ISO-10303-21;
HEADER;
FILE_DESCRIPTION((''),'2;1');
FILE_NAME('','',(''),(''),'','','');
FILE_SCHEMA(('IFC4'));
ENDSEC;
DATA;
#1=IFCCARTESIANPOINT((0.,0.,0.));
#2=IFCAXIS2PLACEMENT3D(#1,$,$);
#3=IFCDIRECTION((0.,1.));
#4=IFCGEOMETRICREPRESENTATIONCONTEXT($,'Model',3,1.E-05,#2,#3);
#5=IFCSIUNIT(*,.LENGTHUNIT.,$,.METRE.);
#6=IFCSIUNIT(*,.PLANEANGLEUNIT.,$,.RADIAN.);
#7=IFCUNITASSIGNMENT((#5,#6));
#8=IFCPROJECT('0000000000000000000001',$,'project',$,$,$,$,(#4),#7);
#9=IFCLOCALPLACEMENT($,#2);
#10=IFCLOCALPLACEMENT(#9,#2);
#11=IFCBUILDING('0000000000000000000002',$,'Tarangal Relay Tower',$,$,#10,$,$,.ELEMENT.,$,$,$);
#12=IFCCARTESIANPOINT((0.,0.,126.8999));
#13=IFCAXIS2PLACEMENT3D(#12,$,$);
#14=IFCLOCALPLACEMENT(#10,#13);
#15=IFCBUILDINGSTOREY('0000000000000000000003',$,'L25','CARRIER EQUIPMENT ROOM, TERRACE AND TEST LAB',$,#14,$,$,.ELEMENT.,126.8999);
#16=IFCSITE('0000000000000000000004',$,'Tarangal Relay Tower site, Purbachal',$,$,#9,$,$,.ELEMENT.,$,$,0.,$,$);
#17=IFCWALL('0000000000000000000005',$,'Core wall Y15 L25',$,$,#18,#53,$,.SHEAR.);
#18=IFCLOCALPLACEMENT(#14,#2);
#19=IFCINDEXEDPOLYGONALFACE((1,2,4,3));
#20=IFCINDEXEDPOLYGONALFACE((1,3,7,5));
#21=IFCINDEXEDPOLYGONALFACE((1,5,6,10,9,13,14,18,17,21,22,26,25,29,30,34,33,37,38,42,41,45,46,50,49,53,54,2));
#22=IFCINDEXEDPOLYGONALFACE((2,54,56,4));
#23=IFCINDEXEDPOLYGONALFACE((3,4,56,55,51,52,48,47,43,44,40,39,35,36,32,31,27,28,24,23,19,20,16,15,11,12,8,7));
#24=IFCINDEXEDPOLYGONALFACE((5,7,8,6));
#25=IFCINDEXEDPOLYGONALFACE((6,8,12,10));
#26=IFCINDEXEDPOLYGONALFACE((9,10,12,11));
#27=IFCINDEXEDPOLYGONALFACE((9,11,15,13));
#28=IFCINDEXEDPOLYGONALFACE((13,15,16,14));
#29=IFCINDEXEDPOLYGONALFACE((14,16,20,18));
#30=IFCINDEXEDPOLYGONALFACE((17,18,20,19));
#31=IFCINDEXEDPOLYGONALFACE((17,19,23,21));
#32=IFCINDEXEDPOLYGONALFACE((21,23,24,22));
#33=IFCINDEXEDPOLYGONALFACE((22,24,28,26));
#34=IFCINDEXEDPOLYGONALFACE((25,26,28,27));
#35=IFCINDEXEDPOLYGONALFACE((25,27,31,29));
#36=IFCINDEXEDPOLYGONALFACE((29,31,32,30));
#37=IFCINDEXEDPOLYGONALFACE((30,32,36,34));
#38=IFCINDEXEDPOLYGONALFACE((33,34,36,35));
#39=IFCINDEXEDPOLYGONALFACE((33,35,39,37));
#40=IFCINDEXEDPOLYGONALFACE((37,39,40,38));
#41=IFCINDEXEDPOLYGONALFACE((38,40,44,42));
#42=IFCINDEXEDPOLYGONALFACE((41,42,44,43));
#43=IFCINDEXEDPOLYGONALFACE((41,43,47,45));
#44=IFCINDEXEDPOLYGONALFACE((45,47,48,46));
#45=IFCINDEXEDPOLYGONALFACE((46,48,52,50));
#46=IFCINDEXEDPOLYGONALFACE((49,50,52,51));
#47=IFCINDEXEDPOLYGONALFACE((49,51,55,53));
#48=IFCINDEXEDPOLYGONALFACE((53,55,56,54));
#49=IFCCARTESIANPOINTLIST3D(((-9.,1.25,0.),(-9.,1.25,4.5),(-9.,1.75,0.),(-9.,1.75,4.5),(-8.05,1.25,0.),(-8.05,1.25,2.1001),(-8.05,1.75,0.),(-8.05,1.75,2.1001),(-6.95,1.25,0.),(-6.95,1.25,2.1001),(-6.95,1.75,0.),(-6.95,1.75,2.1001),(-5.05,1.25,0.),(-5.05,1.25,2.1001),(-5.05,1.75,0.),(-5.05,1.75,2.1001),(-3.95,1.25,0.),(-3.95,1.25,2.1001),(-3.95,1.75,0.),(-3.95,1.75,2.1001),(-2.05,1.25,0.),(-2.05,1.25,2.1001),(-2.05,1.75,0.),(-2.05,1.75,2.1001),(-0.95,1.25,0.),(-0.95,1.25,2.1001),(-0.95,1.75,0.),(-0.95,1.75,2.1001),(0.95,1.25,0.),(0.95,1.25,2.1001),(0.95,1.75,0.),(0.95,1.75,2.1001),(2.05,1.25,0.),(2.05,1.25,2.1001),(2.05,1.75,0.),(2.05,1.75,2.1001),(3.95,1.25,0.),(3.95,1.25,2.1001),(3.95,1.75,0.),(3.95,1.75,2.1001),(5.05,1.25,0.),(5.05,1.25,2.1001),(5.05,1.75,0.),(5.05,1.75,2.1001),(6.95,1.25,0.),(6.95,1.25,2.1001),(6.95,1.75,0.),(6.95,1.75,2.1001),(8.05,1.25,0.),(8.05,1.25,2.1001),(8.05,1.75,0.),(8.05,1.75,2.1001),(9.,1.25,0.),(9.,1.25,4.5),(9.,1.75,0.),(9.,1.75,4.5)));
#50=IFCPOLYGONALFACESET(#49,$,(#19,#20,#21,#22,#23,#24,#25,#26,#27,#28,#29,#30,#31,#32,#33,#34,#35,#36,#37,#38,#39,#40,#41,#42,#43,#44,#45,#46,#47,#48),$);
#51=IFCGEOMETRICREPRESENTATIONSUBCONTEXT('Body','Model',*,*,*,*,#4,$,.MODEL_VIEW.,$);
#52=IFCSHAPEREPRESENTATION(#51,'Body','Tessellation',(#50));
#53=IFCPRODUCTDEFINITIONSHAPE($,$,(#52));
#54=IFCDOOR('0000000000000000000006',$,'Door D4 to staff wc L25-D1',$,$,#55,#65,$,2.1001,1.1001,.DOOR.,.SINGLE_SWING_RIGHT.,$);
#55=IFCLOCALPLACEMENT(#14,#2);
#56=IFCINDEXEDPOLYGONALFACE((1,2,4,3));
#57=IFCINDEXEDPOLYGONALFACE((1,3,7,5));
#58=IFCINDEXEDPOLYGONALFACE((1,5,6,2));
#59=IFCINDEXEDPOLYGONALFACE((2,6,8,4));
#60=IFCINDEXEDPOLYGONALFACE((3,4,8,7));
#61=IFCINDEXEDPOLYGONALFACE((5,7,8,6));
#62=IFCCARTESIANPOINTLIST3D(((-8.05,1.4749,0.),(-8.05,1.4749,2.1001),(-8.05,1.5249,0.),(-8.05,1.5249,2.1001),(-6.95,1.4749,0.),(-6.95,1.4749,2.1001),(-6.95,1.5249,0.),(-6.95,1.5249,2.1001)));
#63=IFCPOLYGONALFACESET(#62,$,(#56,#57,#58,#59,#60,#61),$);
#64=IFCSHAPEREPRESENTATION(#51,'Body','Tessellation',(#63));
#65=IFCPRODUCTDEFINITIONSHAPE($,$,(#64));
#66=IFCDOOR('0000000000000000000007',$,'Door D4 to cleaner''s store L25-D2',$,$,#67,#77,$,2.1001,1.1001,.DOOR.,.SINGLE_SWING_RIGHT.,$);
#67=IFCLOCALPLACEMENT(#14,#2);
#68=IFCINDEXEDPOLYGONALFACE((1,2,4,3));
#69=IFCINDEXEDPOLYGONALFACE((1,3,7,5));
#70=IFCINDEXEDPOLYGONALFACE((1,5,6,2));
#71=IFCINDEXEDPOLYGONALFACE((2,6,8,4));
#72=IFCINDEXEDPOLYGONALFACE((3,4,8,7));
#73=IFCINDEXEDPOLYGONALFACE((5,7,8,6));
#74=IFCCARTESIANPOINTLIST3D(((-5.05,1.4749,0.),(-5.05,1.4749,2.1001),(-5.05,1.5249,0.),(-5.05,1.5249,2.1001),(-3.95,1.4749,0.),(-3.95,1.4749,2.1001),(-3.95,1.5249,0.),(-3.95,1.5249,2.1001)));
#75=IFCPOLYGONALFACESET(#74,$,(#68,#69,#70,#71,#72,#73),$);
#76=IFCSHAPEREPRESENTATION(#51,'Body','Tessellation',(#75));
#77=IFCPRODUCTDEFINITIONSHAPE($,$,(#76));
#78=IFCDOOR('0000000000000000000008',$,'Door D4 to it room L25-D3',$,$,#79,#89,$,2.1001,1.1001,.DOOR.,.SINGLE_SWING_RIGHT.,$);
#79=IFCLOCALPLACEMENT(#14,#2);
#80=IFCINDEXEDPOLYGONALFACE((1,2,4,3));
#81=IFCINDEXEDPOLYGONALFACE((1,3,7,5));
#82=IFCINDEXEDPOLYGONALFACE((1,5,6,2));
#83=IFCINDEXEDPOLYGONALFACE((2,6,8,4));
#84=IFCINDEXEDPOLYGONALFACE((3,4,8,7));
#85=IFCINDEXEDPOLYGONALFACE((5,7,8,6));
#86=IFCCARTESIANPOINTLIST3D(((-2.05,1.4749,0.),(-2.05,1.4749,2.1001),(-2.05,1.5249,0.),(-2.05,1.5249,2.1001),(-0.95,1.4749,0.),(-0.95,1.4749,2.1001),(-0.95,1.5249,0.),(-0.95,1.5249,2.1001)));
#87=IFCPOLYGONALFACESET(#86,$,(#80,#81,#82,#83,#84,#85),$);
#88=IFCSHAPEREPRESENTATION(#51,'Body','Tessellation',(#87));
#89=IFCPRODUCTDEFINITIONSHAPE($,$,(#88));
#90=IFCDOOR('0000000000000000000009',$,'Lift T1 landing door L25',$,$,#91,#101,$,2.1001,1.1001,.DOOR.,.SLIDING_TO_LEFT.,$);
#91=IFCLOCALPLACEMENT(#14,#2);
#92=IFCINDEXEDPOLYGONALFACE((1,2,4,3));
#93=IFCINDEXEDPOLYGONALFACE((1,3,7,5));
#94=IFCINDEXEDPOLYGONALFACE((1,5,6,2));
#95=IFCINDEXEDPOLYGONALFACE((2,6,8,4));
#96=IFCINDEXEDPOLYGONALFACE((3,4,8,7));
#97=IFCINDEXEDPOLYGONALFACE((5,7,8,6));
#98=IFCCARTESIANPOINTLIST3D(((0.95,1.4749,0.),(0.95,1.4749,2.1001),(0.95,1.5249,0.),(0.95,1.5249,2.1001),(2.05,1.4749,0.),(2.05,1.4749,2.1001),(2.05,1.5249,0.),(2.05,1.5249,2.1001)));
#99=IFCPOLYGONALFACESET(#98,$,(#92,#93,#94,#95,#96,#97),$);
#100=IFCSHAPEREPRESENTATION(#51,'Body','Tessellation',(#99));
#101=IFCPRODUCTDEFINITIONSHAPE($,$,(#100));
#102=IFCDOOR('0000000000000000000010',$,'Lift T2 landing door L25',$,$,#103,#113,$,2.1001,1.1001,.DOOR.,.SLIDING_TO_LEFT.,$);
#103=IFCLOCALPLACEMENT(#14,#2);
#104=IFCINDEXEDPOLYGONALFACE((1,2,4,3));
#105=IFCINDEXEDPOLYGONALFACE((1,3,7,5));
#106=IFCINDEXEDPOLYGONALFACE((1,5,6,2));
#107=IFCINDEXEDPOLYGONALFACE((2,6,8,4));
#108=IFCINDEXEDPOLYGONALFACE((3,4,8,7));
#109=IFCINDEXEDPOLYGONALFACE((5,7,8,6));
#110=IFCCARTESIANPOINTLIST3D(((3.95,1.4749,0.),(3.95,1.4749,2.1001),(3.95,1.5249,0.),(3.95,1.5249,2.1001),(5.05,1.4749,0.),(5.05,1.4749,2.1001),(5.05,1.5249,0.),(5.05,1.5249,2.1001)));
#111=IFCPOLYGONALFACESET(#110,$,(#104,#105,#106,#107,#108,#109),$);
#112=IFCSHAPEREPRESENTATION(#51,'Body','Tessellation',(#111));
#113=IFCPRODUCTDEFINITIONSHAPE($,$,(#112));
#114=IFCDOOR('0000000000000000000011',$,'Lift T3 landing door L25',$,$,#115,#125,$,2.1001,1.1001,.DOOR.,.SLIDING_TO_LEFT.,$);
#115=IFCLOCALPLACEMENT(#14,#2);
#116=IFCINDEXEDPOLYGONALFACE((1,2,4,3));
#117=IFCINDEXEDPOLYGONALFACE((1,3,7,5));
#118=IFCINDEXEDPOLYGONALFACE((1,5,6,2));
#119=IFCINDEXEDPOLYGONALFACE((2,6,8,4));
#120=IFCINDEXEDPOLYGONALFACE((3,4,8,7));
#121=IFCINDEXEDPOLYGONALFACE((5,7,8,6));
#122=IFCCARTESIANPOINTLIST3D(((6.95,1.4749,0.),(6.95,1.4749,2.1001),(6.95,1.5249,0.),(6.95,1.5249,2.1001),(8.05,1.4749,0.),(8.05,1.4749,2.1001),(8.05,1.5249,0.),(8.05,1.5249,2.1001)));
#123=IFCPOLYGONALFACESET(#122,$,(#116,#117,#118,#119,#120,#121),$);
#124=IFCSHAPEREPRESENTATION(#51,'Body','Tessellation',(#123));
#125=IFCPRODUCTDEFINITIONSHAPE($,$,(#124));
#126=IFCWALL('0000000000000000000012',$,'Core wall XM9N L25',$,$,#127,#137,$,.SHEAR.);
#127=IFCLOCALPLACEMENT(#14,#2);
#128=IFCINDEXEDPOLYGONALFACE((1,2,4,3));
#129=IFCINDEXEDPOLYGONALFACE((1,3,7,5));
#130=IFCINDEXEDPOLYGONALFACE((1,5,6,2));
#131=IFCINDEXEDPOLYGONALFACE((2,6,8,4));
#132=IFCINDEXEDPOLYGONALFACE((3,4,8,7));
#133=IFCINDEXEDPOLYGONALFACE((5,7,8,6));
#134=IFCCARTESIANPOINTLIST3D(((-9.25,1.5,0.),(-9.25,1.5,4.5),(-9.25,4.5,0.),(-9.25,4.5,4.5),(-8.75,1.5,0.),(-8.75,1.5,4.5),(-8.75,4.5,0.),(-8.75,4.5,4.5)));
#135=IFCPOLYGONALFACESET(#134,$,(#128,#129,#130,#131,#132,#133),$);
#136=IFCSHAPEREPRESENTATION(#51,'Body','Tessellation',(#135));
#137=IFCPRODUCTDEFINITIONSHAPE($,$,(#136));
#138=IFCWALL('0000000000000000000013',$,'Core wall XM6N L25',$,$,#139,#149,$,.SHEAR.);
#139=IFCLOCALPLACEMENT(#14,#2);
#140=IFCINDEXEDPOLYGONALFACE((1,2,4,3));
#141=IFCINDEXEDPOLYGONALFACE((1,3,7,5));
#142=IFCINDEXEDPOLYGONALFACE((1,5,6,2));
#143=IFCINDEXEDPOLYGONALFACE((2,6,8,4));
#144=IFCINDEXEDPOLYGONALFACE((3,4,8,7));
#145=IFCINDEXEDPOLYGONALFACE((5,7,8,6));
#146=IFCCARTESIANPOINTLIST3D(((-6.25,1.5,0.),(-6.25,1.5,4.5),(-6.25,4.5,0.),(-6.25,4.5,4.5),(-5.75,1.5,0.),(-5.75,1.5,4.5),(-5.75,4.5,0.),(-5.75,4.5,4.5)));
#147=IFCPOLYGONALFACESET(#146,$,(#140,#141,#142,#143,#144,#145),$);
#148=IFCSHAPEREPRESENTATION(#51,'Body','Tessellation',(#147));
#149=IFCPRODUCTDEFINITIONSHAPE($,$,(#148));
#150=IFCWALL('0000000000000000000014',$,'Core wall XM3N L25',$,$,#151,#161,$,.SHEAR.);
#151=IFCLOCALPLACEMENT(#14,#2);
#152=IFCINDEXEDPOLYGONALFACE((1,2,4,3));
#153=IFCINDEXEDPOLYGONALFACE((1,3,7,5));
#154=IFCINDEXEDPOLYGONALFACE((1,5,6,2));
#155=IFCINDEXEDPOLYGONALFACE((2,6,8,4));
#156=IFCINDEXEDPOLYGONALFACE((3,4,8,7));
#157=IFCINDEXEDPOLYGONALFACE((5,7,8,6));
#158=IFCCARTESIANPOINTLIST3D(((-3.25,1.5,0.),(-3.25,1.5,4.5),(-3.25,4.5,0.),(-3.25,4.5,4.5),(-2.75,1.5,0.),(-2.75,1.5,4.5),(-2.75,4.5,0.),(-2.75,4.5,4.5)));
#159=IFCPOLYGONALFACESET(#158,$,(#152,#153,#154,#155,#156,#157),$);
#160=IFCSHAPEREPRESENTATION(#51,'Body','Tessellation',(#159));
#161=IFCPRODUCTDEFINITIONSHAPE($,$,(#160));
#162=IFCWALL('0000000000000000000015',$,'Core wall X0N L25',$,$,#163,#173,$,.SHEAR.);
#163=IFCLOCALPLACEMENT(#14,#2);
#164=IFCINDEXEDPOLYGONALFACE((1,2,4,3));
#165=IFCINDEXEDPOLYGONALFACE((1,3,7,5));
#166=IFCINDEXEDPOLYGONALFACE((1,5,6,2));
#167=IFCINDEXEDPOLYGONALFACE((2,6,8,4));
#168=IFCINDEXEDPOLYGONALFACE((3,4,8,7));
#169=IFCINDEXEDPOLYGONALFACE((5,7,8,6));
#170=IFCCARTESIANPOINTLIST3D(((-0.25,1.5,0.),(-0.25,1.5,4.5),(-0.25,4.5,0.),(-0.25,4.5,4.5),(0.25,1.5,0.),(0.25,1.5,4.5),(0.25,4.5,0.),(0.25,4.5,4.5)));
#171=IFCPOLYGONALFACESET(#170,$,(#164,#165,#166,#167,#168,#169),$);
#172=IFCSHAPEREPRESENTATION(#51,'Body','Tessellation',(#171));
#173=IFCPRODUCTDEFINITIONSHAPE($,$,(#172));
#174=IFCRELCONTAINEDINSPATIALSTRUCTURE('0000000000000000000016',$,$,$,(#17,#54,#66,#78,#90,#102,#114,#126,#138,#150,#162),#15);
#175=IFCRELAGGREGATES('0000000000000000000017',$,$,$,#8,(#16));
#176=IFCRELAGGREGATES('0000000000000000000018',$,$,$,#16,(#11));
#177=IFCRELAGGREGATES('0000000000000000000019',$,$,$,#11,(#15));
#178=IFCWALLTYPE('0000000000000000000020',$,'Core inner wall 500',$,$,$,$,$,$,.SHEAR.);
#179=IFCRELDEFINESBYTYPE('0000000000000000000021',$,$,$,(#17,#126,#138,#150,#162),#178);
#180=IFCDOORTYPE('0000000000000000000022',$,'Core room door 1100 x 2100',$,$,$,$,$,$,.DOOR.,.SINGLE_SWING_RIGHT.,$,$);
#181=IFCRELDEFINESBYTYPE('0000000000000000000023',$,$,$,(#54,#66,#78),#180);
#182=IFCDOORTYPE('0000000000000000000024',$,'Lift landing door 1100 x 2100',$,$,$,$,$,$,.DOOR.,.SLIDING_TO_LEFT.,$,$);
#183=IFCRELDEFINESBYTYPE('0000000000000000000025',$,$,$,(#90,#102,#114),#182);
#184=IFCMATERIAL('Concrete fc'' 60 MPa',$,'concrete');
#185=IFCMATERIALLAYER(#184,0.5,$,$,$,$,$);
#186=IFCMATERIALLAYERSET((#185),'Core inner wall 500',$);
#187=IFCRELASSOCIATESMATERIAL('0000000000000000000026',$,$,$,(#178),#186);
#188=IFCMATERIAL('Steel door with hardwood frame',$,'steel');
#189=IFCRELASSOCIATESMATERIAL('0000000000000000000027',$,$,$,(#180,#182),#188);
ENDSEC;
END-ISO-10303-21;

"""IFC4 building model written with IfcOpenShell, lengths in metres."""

from ifc_helpers import new_model, si_unit, direction, frame, frame_2d, origin, place, context, subcontext, project, spatial, rectangle, extrude, material, layer, layer_set, type_object, element, fill, save


model = new_model("IFC4")

# Units and contexts
model_context = context("Model", 3, precision=1e-05, world=origin(), true_north=direction((0.0, 1.0)))
body_context = subcontext(model_context, "Body", "Model", "MODEL_VIEW")
ifc_project = project(units=[si_unit("LENGTHUNIT", "METRE"), si_unit("PLANEANGLEUNIT", "RADIAN")], contexts=[model_context])

# Site, building, storey
site_placement = place(None, origin())
site = spatial("IfcSite", under=ifc_project, at=site_placement, Name="Tarangal Relay Tower site, Purbachal", CompositionType="ELEMENT", RefElevation=0.0)
building_placement = place(site_placement, origin())
building = spatial("IfcBuilding", under=site, at=building_placement, Name="Tarangal Relay Tower", CompositionType="ELEMENT")
storey_placement = place(building_placement, frame((0.0, 0.0, 126.8999)))
storey = spatial("IfcBuildingStorey", under=building, at=storey_placement, Name="L25", Description="CARRIER EQUIPMENT ROOM, TERRACE AND TEST LAB", CompositionType="ELEMENT", Elevation=126.8999)

# Wall, openings, doors
ifc_material_1 = material(Name="Concrete fc' 60 MPa", Category="concrete")
ifc_layer_1 = layer(ifc_material_1, 0.5)
ifc_layer_set_1 = layer_set([ifc_layer_1], Name="Core inner wall 500")
wall_type = type_object("IfcWallType", Name="Core inner wall 500", PredefinedType="SHEAR", material=ifc_layer_set_1)
wall_1_placement = place(storey_placement, frame((-9.0, 1.5, 0.0), z_axis=(0.0, 0.0, 1.0), x_axis=(1.0, 0.0, 0.0)))
wall_1 = element("IfcWall", 1, at=wall_1_placement, inside=storey, type_object=wall_type, Name="Core wall Y15 L25", PredefinedType="SHEAR", context=body_context, shape_type="SweptSolid", body=[
    extrude(rectangle(XDim=18.0, YDim=0.5, at=frame_2d((9.0, 0.0))), origin(), (0.0, 0.0, 1.0), 4.5),
])
opening_1_placement = place(wall_1_placement, frame((9.95, 0.0, 0.0)))
opening_1 = element("IfcOpeningElement", 2, at=opening_1_placement, cuts=wall_1, PredefinedType="OPENING", context=body_context, shape_type="SweptSolid", body=[
    extrude(rectangle(XDim=1.1001, YDim=2.1001, at=frame_2d((0.55, 1.05))), frame((0.0, 0.26, 0.0), z_axis=(0.0, -1.0, 0.0), x_axis=(1.0, 0.0, 0.0)), (0.0, 0.0, 1.0), 0.52),
])
opening_2_placement = place(wall_1_placement, frame((12.95, 0.0, 0.0)))
opening_2 = element("IfcOpeningElement", 3, at=opening_2_placement, cuts=wall_1, PredefinedType="OPENING", context=body_context, shape_type="SweptSolid", body=[
    extrude(rectangle(XDim=1.1001, YDim=2.1001, at=frame_2d((0.55, 1.05))), frame((0.0, 0.26, 0.0), z_axis=(0.0, -1.0, 0.0), x_axis=(1.0, 0.0, 0.0)), (0.0, 0.0, 1.0), 0.52),
])
opening_3_placement = place(wall_1_placement, frame((15.95, 0.0, 0.0)))
opening_3 = element("IfcOpeningElement", 4, at=opening_3_placement, cuts=wall_1, PredefinedType="OPENING", context=body_context, shape_type="SweptSolid", body=[
    extrude(rectangle(XDim=1.1001, YDim=2.1001, at=frame_2d((0.55, 1.05))), frame((0.0, 0.26, 0.0), z_axis=(0.0, -1.0, 0.0), x_axis=(1.0, 0.0, 0.0)), (0.0, 0.0, 1.0), 0.52),
])
opening_4_placement = place(wall_1_placement, frame((0.95, 0.0, 0.0)))
opening_4 = element("IfcOpeningElement", 5, at=opening_4_placement, cuts=wall_1, PredefinedType="OPENING", context=body_context, shape_type="SweptSolid", body=[
    extrude(rectangle(XDim=1.1001, YDim=2.1001, at=frame_2d((0.55, 1.05))), frame((0.0, 0.26, 0.0), z_axis=(0.0, -1.0, 0.0), x_axis=(1.0, 0.0, 0.0)), (0.0, 0.0, 1.0), 0.52),
])
opening_5_placement = place(wall_1_placement, frame((3.95, 0.0, 0.0)))
opening_5 = element("IfcOpeningElement", 6, at=opening_5_placement, cuts=wall_1, PredefinedType="OPENING", context=body_context, shape_type="SweptSolid", body=[
    extrude(rectangle(XDim=1.1001, YDim=2.1001, at=frame_2d((0.55, 1.05))), frame((0.0, 0.26, 0.0), z_axis=(0.0, -1.0, 0.0), x_axis=(1.0, 0.0, 0.0)), (0.0, 0.0, 1.0), 0.52),
])
opening_6_placement = place(wall_1_placement, frame((6.95, 0.0, 0.0)))
opening_6 = element("IfcOpeningElement", 7, at=opening_6_placement, cuts=wall_1, PredefinedType="OPENING", context=body_context, shape_type="SweptSolid", body=[
    extrude(rectangle(XDim=1.1001, YDim=2.1001, at=frame_2d((0.55, 1.05))), frame((0.0, 0.26, 0.0), z_axis=(0.0, -1.0, 0.0), x_axis=(1.0, 0.0, 0.0)), (0.0, 0.0, 1.0), 0.52),
])
ifc_material_2 = material(Name="Steel door with hardwood frame", Category="steel")
door_type_1 = type_object("IfcDoorType", Name="Core room door 1100 x 2100", OperationType="SINGLE_SWING_RIGHT", PredefinedType="DOOR", material=ifc_material_2)
door_1_placement = place(opening_4_placement, origin())
door_1 = element("IfcDoor", 8, at=door_1_placement, inside=storey, type_object=door_type_1, Name="Door D4 to staff wc L25-D1", OperationType="SINGLE_SWING_RIGHT", OverallHeight=2.1001, OverallWidth=1.1001, PredefinedType="DOOR", context=body_context, shape_type="SweptSolid", body=[
    extrude(rectangle(XDim=1.1001, YDim=2.1001, at=frame_2d((0.55, 1.05))), frame((0.0, 0.0249, 0.0), z_axis=(0.0, -1.0, 0.0), x_axis=(1.0, 0.0, 0.0)), (0.0, 0.0, 1.0), 0.05),
])
fill(opening_4, door_1)
door_2_placement = place(opening_5_placement, origin())
door_2 = element("IfcDoor", 9, at=door_2_placement, inside=storey, type_object=door_type_1, Name="Door D4 to cleaner's store L25-D2", OperationType="SINGLE_SWING_RIGHT", OverallHeight=2.1001, OverallWidth=1.1001, PredefinedType="DOOR", context=body_context, shape_type="SweptSolid", body=[
    extrude(rectangle(XDim=1.1001, YDim=2.1001, at=frame_2d((0.55, 1.05))), frame((0.0, 0.0249, 0.0), z_axis=(0.0, -1.0, 0.0), x_axis=(1.0, 0.0, 0.0)), (0.0, 0.0, 1.0), 0.05),
])
fill(opening_5, door_2)
door_3_placement = place(opening_6_placement, origin())
door_3 = element("IfcDoor", 10, at=door_3_placement, inside=storey, type_object=door_type_1, Name="Door D4 to it room L25-D3", OperationType="SINGLE_SWING_RIGHT", OverallHeight=2.1001, OverallWidth=1.1001, PredefinedType="DOOR", context=body_context, shape_type="SweptSolid", body=[
    extrude(rectangle(XDim=1.1001, YDim=2.1001, at=frame_2d((0.55, 1.05))), frame((0.0, 0.0249, 0.0), z_axis=(0.0, -1.0, 0.0), x_axis=(1.0, 0.0, 0.0)), (0.0, 0.0, 1.0), 0.05),
])
fill(opening_6, door_3)
door_type_2 = type_object("IfcDoorType", Name="Lift landing door 1100 x 2100", OperationType="SLIDING_TO_LEFT", PredefinedType="DOOR", material=ifc_material_2)
door_4_placement = place(opening_1_placement, origin())
door_4 = element("IfcDoor", 11, at=door_4_placement, inside=storey, type_object=door_type_2, Name="Lift T1 landing door L25", OperationType="SLIDING_TO_LEFT", OverallHeight=2.1001, OverallWidth=1.1001, PredefinedType="DOOR", context=body_context, shape_type="SweptSolid", body=[
    extrude(rectangle(XDim=1.1001, YDim=2.1001, at=frame_2d((0.55, 1.05))), frame((0.0, 0.0249, 0.0), z_axis=(0.0, -1.0, 0.0), x_axis=(1.0, 0.0, 0.0)), (0.0, 0.0, 1.0), 0.05),
])
fill(opening_1, door_4)
door_5_placement = place(opening_2_placement, origin())
door_5 = element("IfcDoor", 12, at=door_5_placement, inside=storey, type_object=door_type_2, Name="Lift T2 landing door L25", OperationType="SLIDING_TO_LEFT", OverallHeight=2.1001, OverallWidth=1.1001, PredefinedType="DOOR", context=body_context, shape_type="SweptSolid", body=[
    extrude(rectangle(XDim=1.1001, YDim=2.1001, at=frame_2d((0.55, 1.05))), frame((0.0, 0.0249, 0.0), z_axis=(0.0, -1.0, 0.0), x_axis=(1.0, 0.0, 0.0)), (0.0, 0.0, 1.0), 0.05),
])
fill(opening_2, door_5)
door_6_placement = place(opening_3_placement, origin())
door_6 = element("IfcDoor", 13, at=door_6_placement, inside=storey, type_object=door_type_2, Name="Lift T3 landing door L25", OperationType="SLIDING_TO_LEFT", OverallHeight=2.1001, OverallWidth=1.1001, PredefinedType="DOOR", context=body_context, shape_type="SweptSolid", body=[
    extrude(rectangle(XDim=1.1001, YDim=2.1001, at=frame_2d((0.55, 1.05))), frame((0.0, 0.0249, 0.0), z_axis=(0.0, -1.0, 0.0), x_axis=(1.0, 0.0, 0.0)), (0.0, 0.0, 1.0), 0.05),
])
fill(opening_3, door_6)

# Walls
for number, where, z_axis, x_axis, name in (
    (14, (-9.0, 1.5, 0.0), (0.0, 0.0, 1.0), (0.0, 1.0, 0.0), "Core wall XM9N L25"),
    (15, (-6.0, 1.5, 0.0), (0.0, 0.0, 1.0), (0.0, 1.0, 0.0), "Core wall XM6N L25"),
    (16, (-3.0, 1.5, 0.0), (0.0, 0.0, 1.0), (0.0, 1.0, 0.0), "Core wall XM3N L25"),
    (17, (0.0, 1.5, 0.0), (0.0, 0.0, 1.0), (0.0, 1.0, 0.0), "Core wall X0N L25"),
):
    element("IfcWall", number, at=place(storey_placement, frame(where, z_axis=z_axis, x_axis=x_axis)), inside=storey, type_object=wall_type, Name=name, PredefinedType="SHEAR", context=body_context, shape_type="SweptSolid", body=[
        extrude(rectangle(XDim=3.0, YDim=0.5, at=frame_2d((1.5, 0.0))), origin(), (0.0, 0.0, 1.0), 4.5),
    ])

save(model, "model.ifc")
